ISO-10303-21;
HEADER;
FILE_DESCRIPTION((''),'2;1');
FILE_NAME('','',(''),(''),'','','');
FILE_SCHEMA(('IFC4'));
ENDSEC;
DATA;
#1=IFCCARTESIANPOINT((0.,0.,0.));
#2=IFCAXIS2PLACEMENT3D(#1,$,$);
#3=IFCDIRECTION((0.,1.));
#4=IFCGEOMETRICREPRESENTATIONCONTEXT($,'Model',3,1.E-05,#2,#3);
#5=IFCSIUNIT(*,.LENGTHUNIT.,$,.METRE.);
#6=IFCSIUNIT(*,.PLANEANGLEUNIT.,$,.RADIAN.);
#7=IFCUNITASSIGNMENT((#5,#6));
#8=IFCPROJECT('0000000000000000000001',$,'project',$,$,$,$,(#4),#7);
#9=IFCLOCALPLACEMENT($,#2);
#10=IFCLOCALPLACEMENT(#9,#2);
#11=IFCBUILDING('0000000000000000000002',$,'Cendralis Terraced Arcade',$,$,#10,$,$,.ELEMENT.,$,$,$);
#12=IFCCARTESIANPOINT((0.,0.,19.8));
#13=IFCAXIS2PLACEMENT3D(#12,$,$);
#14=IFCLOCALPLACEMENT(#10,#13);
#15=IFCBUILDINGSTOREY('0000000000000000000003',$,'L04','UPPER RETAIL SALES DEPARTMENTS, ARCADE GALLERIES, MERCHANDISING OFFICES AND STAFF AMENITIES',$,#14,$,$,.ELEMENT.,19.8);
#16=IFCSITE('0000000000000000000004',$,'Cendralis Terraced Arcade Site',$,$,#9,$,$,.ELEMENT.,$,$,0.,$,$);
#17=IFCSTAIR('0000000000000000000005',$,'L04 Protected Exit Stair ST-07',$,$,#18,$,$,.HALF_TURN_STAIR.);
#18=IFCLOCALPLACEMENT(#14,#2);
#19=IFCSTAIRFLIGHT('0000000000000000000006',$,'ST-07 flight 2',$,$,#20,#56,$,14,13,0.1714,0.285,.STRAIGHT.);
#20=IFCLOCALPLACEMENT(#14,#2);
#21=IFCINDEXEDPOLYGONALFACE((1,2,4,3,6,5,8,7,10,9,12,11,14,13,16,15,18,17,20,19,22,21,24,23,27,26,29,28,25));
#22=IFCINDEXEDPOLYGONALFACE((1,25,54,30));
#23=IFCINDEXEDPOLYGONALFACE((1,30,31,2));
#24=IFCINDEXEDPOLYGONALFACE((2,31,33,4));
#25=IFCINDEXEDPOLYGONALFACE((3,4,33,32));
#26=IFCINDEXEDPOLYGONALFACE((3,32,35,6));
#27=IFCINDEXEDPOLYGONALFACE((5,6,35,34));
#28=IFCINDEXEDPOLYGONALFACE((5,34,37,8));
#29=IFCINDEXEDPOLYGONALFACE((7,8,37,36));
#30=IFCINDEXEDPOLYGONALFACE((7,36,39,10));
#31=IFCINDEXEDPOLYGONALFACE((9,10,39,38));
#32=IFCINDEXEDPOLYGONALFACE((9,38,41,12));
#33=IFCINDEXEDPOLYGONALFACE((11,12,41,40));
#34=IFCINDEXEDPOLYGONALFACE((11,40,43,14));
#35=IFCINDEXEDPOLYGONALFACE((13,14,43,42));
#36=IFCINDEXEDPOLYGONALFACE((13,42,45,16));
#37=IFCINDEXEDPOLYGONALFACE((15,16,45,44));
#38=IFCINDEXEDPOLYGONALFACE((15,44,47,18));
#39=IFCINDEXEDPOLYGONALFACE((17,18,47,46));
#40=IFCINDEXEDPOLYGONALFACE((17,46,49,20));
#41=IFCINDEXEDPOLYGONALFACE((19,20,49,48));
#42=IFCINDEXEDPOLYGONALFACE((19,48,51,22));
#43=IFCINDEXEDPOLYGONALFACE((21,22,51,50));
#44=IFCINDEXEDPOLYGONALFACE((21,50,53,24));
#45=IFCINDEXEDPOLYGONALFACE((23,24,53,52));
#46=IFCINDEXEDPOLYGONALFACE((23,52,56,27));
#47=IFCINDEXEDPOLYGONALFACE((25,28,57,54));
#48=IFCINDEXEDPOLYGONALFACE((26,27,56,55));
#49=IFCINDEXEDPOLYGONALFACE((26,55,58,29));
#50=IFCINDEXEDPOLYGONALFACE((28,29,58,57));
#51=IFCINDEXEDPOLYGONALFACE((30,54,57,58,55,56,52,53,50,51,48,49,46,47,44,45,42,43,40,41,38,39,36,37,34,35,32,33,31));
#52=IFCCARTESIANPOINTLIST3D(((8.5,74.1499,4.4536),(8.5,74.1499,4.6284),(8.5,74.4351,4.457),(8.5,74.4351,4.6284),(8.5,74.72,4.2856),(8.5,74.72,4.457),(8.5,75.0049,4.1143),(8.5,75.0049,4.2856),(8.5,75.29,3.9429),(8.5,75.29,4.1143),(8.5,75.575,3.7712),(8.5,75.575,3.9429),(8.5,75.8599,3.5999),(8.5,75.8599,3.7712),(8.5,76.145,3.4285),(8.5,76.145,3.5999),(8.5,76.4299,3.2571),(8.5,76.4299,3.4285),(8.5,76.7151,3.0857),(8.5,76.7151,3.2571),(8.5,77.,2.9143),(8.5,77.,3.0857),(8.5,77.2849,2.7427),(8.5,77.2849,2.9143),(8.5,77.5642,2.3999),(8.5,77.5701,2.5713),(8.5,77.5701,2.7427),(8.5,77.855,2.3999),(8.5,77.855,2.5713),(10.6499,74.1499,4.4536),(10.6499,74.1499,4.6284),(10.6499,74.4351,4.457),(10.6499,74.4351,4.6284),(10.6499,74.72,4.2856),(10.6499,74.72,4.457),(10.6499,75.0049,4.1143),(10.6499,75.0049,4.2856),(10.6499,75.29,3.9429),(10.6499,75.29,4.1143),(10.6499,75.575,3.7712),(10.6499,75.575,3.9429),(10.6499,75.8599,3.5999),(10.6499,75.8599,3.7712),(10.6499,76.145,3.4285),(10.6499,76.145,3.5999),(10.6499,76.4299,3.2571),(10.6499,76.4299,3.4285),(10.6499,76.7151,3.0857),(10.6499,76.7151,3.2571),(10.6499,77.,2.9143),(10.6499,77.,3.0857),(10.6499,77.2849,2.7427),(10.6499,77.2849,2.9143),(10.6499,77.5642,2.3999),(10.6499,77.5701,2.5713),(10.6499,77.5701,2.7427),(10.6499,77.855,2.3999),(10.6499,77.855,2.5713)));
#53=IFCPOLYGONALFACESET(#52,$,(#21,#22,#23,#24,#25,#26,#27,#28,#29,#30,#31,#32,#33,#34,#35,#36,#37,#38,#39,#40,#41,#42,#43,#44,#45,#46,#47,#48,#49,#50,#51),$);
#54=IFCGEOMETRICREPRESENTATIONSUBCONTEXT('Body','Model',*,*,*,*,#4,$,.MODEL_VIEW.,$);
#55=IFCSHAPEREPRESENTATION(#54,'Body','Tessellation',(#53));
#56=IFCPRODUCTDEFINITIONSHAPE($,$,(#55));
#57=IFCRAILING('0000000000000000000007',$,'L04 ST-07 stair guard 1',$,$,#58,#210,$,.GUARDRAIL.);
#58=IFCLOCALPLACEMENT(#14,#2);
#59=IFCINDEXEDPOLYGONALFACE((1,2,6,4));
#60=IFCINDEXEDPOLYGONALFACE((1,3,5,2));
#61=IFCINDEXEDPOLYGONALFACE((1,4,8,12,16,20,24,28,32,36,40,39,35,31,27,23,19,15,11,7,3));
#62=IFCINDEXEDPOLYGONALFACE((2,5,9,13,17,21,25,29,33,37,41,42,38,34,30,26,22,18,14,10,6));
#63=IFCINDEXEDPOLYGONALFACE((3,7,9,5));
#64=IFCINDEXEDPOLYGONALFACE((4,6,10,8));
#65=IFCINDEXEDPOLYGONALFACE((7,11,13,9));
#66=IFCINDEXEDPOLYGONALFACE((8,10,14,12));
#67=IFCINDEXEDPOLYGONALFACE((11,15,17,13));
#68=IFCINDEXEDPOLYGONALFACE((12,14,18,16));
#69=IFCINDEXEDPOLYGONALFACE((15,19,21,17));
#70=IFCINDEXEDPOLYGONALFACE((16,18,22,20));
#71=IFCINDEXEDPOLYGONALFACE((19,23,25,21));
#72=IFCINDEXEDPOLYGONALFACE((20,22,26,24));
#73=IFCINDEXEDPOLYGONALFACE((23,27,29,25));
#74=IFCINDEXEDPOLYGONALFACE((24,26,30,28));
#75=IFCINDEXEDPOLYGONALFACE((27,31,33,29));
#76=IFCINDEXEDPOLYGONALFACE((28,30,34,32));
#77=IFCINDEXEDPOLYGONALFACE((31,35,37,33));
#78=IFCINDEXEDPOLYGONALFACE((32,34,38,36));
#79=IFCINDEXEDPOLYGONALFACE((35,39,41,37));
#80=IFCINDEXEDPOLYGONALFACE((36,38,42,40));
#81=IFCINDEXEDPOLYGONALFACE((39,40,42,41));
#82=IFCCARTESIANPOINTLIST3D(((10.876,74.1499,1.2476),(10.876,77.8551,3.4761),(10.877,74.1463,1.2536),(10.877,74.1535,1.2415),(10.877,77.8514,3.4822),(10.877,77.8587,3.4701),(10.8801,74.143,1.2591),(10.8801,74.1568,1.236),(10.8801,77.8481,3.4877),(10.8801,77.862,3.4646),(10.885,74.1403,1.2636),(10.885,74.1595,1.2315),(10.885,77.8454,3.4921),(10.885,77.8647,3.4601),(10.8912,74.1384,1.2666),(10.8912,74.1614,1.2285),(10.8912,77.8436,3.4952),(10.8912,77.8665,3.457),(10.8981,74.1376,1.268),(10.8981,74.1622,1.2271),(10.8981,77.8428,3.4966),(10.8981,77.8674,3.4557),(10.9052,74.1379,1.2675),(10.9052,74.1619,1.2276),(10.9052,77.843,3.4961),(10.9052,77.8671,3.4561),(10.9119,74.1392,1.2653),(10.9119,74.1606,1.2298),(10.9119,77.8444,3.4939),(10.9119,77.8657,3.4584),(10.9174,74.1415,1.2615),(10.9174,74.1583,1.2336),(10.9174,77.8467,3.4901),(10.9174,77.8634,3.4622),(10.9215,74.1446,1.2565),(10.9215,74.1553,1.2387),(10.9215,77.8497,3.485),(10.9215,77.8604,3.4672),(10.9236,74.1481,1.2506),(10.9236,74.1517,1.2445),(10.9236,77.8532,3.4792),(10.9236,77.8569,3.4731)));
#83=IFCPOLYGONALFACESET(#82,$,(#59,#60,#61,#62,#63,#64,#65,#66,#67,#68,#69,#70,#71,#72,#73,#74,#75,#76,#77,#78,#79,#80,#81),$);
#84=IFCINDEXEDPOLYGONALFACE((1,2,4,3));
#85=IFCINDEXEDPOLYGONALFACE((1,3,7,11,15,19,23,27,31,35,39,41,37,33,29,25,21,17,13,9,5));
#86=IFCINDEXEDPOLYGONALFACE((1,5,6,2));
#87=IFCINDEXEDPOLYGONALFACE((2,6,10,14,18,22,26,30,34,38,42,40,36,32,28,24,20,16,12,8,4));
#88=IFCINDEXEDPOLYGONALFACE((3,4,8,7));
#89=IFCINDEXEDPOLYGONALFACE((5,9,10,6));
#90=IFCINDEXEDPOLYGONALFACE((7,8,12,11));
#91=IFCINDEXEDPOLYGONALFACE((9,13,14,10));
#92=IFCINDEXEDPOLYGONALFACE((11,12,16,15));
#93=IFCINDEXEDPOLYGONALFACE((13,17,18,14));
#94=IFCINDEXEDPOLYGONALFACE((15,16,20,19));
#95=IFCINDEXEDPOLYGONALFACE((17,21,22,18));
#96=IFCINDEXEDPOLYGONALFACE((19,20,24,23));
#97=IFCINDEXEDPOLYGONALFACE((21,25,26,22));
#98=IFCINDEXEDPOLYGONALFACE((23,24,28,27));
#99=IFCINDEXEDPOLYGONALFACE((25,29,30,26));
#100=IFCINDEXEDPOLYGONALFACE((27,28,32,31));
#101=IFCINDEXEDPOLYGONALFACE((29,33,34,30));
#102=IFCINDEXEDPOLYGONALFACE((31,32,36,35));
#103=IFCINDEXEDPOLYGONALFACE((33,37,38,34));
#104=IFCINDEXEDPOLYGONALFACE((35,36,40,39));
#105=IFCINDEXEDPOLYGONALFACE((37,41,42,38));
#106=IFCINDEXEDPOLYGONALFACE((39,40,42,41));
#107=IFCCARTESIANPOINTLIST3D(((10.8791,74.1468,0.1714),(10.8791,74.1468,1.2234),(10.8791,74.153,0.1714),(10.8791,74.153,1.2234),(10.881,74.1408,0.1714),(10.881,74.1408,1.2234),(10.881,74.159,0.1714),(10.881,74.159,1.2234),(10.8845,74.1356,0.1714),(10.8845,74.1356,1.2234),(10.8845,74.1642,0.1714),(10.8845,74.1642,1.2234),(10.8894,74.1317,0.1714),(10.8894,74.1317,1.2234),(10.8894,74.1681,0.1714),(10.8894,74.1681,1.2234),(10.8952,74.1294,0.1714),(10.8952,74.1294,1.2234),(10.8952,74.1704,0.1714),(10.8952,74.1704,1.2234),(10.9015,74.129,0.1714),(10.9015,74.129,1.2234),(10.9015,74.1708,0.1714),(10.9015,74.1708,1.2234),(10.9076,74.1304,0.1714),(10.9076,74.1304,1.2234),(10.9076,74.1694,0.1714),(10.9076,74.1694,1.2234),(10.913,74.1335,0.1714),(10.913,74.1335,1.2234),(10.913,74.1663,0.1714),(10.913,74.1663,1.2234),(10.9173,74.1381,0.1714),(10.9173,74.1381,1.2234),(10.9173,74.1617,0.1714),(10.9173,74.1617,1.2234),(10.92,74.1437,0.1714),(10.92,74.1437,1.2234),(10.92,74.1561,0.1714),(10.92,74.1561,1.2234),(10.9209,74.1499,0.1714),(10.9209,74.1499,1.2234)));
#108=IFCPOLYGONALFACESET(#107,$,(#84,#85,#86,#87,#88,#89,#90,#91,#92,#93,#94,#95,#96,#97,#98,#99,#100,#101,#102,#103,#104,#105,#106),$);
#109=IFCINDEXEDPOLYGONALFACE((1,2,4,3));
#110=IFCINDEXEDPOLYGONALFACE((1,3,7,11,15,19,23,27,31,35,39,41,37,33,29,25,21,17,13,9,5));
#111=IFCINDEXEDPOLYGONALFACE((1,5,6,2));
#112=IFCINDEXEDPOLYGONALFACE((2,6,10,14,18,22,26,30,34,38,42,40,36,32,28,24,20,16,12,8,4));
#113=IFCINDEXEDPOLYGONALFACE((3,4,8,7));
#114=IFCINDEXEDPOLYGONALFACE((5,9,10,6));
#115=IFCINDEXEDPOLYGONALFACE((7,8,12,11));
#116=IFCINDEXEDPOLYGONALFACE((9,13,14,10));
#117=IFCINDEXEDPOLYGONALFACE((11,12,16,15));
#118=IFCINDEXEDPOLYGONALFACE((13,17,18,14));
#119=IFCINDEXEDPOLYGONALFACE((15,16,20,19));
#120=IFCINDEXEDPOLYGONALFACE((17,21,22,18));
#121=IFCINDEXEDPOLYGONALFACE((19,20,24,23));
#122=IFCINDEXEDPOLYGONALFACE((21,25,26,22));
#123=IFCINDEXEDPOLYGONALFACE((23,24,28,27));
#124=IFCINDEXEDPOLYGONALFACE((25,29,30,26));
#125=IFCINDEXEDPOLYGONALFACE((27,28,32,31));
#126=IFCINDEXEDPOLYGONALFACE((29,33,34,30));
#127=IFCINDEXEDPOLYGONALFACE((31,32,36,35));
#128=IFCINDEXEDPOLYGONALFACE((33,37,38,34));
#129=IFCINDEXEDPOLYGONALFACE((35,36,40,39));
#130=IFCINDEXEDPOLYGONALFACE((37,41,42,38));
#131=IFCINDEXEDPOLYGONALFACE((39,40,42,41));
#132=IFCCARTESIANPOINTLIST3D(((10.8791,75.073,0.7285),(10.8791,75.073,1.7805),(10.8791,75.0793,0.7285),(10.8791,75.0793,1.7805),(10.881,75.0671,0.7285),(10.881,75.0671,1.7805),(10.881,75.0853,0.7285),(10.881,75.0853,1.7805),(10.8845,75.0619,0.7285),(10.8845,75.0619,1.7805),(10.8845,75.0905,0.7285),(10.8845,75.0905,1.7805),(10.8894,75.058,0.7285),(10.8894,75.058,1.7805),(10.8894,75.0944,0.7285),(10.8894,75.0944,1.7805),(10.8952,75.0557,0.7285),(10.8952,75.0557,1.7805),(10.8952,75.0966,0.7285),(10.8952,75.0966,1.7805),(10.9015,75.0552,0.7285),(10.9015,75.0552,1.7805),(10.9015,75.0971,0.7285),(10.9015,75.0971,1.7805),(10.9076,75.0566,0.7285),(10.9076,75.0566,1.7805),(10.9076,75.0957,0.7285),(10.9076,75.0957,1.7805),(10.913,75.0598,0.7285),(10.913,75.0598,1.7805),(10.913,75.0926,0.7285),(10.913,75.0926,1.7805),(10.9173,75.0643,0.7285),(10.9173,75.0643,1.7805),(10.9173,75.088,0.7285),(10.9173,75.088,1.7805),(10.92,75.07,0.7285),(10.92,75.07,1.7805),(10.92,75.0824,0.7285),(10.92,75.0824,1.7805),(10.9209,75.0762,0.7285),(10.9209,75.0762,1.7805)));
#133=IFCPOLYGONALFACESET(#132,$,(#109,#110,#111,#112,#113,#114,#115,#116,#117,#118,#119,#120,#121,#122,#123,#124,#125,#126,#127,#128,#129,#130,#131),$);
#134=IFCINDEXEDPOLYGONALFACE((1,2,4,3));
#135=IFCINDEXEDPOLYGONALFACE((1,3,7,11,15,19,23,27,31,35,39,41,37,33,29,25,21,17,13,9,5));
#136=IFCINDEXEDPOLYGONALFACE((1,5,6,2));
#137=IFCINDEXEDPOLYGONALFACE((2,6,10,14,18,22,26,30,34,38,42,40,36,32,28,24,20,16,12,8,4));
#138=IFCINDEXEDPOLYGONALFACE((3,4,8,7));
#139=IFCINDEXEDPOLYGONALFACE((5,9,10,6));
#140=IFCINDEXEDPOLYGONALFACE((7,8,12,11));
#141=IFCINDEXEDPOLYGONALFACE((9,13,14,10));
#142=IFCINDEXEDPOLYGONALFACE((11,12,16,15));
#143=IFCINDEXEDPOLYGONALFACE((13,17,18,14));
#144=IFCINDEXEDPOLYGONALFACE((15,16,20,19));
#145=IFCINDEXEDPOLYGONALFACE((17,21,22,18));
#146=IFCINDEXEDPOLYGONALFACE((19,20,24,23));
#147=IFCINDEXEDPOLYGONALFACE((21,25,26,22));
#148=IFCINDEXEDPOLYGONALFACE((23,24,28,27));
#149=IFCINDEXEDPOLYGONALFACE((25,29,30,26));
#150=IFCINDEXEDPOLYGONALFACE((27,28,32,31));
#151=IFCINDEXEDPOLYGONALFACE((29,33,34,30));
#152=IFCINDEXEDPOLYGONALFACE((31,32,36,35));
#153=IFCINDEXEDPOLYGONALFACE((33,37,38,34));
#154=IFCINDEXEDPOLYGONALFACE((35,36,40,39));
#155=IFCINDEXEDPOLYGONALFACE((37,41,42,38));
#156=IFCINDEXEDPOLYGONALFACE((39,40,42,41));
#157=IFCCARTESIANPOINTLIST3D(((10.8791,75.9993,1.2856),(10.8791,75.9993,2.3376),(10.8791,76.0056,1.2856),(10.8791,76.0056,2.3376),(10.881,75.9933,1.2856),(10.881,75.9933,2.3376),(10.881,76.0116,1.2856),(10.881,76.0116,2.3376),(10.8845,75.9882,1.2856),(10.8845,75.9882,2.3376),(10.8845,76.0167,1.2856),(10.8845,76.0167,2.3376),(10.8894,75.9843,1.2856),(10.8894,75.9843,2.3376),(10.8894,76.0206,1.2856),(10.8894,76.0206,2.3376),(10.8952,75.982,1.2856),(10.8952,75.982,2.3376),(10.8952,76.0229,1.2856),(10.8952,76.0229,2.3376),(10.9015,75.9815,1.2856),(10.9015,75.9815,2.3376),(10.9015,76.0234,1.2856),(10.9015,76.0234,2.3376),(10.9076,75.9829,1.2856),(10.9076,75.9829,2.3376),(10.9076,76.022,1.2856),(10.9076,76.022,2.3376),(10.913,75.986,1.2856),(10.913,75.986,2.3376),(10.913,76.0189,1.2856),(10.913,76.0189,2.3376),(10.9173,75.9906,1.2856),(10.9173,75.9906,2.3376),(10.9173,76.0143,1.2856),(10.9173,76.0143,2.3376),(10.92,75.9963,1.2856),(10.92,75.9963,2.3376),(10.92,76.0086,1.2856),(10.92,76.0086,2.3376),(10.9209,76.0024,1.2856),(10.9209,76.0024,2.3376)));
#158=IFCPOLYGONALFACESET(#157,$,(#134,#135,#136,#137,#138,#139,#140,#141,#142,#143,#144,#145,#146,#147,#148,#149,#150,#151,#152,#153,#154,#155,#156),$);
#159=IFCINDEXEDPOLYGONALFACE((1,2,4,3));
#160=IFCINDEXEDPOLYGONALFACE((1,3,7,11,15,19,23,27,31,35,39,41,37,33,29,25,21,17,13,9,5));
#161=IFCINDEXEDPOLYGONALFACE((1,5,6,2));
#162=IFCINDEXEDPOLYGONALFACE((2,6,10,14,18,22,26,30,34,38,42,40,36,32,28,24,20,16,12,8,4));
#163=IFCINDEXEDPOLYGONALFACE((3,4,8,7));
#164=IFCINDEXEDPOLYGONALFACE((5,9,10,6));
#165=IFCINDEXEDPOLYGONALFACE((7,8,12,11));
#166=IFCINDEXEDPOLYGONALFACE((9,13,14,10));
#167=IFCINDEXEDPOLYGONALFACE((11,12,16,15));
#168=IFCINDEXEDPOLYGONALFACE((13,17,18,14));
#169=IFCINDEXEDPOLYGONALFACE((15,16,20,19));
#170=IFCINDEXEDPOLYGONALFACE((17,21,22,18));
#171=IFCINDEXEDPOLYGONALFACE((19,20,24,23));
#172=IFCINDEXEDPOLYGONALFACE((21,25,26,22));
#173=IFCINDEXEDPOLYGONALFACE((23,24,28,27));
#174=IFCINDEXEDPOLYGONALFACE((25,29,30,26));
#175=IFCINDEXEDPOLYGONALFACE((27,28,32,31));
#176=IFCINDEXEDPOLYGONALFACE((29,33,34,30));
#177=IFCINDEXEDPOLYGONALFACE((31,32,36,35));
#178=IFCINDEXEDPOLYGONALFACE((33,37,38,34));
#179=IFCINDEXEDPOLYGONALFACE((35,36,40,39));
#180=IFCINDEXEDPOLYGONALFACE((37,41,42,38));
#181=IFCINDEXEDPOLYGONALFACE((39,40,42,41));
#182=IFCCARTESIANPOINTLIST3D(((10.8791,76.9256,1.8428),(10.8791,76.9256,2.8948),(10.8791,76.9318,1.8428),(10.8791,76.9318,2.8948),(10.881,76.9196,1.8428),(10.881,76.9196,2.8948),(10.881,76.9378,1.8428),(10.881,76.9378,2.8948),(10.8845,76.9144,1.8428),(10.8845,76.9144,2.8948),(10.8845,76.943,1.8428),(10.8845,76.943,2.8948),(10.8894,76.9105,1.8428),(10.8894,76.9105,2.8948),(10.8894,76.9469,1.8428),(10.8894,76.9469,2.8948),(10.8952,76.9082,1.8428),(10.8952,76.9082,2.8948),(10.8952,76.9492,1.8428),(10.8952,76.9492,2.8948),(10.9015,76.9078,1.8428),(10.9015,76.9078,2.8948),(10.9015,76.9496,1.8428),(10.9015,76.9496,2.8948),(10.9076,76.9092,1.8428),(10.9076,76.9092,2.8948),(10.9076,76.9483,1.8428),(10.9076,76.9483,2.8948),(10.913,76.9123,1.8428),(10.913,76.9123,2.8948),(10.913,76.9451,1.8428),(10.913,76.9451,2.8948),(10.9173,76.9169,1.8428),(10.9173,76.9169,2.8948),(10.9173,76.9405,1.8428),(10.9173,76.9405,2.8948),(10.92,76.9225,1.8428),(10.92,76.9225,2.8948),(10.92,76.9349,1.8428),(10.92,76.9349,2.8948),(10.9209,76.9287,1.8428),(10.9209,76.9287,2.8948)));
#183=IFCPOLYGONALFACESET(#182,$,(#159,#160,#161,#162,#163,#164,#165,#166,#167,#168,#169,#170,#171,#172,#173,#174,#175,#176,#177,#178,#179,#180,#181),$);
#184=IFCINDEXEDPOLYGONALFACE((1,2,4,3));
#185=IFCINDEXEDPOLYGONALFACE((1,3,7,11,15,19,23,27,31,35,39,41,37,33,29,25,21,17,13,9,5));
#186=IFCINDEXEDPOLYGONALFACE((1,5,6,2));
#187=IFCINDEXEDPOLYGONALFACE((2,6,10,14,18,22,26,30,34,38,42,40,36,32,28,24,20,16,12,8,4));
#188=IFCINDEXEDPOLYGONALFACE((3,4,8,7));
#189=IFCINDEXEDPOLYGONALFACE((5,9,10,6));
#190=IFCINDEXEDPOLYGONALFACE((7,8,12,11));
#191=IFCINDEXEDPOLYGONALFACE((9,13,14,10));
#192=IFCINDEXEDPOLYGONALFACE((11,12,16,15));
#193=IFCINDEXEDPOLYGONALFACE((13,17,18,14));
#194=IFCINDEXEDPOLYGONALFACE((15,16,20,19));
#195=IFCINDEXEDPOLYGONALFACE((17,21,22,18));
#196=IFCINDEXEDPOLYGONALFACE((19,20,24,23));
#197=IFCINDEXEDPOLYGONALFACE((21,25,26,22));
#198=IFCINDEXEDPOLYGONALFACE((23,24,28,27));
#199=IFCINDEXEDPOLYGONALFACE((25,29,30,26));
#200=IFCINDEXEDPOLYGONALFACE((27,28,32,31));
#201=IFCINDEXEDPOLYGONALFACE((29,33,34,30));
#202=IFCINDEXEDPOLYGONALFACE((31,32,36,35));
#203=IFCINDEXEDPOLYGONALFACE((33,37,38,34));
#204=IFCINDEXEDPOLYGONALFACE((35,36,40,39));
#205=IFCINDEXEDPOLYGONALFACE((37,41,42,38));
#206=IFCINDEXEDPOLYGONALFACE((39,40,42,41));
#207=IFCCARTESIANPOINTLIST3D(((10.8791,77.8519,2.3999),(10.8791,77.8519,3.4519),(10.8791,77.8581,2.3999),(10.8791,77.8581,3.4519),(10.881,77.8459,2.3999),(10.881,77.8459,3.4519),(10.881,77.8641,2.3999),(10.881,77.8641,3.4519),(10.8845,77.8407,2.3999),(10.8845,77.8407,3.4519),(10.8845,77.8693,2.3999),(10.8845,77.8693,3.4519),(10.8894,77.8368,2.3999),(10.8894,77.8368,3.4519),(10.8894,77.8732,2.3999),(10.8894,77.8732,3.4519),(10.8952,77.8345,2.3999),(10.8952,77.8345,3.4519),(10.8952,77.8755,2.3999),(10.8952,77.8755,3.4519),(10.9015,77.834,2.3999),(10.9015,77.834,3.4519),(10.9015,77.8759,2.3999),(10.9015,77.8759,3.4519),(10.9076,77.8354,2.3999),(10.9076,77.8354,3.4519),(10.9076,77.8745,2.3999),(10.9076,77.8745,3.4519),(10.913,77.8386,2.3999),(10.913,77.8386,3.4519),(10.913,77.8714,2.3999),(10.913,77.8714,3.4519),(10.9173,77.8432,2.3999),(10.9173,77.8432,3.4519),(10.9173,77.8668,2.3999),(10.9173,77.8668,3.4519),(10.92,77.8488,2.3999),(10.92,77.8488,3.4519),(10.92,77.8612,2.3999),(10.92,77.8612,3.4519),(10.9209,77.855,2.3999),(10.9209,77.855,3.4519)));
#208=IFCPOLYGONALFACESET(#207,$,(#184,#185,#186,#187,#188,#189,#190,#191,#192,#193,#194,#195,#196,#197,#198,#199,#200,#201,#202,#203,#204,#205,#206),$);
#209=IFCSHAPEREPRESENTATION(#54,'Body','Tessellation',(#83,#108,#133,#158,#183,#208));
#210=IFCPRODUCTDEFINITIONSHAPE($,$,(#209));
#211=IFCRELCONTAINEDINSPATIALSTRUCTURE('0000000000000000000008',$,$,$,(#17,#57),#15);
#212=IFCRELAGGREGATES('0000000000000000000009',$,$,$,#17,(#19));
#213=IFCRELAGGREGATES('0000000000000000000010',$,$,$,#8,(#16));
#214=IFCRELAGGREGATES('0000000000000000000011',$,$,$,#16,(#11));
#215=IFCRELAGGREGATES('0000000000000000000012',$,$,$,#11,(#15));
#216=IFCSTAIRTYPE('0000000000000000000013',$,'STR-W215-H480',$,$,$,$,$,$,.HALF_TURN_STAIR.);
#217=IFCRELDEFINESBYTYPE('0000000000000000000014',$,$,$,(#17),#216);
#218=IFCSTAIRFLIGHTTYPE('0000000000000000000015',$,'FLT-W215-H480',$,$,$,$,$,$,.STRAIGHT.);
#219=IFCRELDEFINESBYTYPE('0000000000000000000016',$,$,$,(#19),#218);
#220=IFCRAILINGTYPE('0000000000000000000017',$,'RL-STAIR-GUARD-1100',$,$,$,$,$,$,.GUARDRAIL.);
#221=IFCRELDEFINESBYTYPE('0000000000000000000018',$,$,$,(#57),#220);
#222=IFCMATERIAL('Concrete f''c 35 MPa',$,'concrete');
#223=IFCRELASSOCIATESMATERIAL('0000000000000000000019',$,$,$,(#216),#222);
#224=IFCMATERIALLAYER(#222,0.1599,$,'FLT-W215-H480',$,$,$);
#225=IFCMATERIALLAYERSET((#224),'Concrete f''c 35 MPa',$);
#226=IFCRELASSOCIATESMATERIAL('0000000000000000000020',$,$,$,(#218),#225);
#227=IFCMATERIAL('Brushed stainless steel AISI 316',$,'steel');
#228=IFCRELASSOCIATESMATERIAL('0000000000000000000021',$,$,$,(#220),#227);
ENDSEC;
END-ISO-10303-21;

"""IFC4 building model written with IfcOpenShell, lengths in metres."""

from ifc_helpers import new_model, si_unit, direction, frame, origin, origin_2d, place, context, subcontext, project, spatial, polyline, circle, outline, extrude, material, layer, layer_set, type_object, element, aggregate, save


model = new_model("IFC4")

# Units and contexts
model_context = context("Model", 3, precision=1e-05, world=origin(), true_north=direction((0.0, 1.0)))
body_context = subcontext(model_context, "Body", "Model", "MODEL_VIEW")
ifc_project = project(units=[si_unit("LENGTHUNIT", "METRE"), si_unit("PLANEANGLEUNIT", "RADIAN")], contexts=[model_context])

# Site, building, storey
site_placement = place(None, origin())
site = spatial("IfcSite", under=ifc_project, at=site_placement, Name="Cendralis Terraced Arcade Site", CompositionType="ELEMENT", RefElevation=0.0)
building_placement = place(site_placement, origin())
building = spatial("IfcBuilding", under=site, at=building_placement, Name="Cendralis Terraced Arcade", CompositionType="ELEMENT")
storey_placement = place(building_placement, frame((0.0, 0.0, 19.8)))
storey = spatial("IfcBuildingStorey", under=building, at=storey_placement, Name="L04", Description="UPPER RETAIL SALES DEPARTMENTS, ARCADE GALLERIES, MERCHANDISING OFFICES AND STAFF AMENITIES", CompositionType="ELEMENT", Elevation=19.8)

# Stair, stair flight
ifc_material_1 = material(Name="Concrete f'c 35 MPa", Category="concrete")
stair_type = type_object("IfcStairType", Name="STR-W215-H480", PredefinedType="HALF_TURN_STAIR", material=ifc_material_1)
stair_placement = place(storey_placement, origin())
stair = element("IfcStair", 1, at=stair_placement, inside=storey, type_object=stair_type, Name="L04 Protected Exit Stair ST-07", PredefinedType="HALF_TURN_STAIR")
ifc_layer_1 = layer(ifc_material_1, 0.1599, Name="FLT-W215-H480")
ifc_layer_set_1 = layer_set([ifc_layer_1], Name="Concrete f'c 35 MPa")
stair_flight_type = type_object("IfcStairFlightType", Name="FLT-W215-H480", PredefinedType="STRAIGHT", material=ifc_layer_set_1)
stair_flight_1_placement = place(storey_placement, frame((9.575, 77.855, 2.3999), z_axis=(0.0, 0.0, 1.0), x_axis=(0.0, -1.0, 0.0)))
stair_flight_1 = element("IfcStairFlight", 2, at=stair_flight_1_placement, type_object=stair_flight_type, Name="ST-07 flight 2", NumberOfRisers=14, NumberOfTreads=13, PredefinedType="STRAIGHT", RiserHeight=0.1714, TreadLength=0.285, context=body_context, shape_type="SweptSolid", body=[
    extrude(outline(polyline([(0.0, 0.0), (0.0, 0.1714), (0.2849, 0.1714), (0.2849, 0.3428), (0.5701, 0.3428), (0.5701, 0.5144), (0.855, 0.5144), (0.855, 0.6858), (1.1399, 0.6858), (1.1399, 0.8572), (1.425, 0.8572), (1.425, 1.0286), (1.71, 1.0286), (1.71, 1.2), (1.9951, 1.2), (1.9951, 1.3713), (2.28, 1.3713), (2.28, 1.543), (2.5649, 1.543), (2.5649, 1.7144), (2.8501, 1.7144), (2.8501, 1.8857), (3.135, 1.8857), (3.135, 2.0571), (3.4199, 2.0571), (3.4199, 2.2285), (3.7051, 2.2285), (3.7051, 2.3999), (3.7051, 2.0537), (0.2908, 0.0), (0.0, 0.0)])), frame((0.0, 1.075, 0.0), z_axis=(0.0, -1.0, 0.0), x_axis=(1.0, 0.0, 0.0)), (0.0, 0.0, 1.0), 2.1499),
])
aggregate(stair, [stair_flight_1])

# Railing
ifc_material_2 = material(Name="Brushed stainless steel AISI 316", Category="steel")
railing_type_1 = type_object("IfcRailingType", Name="RL-STAIR-GUARD-1100", PredefinedType="GUARDRAIL", material=ifc_material_2)
railing_1_placement = place(storey_placement, frame((10.8999, 74.1499, 0.1714)))
element("IfcRailing", 3, at=railing_1_placement, inside=storey, type_object=railing_type_1, Name="L04 ST-07 stair guard 1", PredefinedType="GUARDRAIL", context=body_context, shape_type="SweptSolid", body=[
    extrude(circle(Radius=0.0239, at=origin_2d()), frame((0.0, 0.0, 1.0762), z_axis=(0.0, 0.856934, 0.515425), x_axis=(-1.0, 0.0, 0.0)), (0.0, 0.0, 1.0), 4.3237),
    extrude(circle(Radius=0.021, at=origin_2d()), origin(), (0.0, 0.0, 1.0), 1.052),
    extrude(circle(Radius=0.021, at=origin_2d()), frame((0.0, 0.9263, 0.5571)), (0.0, 0.0, 1.0), 1.052),
    extrude(circle(Radius=0.021, at=origin_2d()), frame((0.0, 1.8525, 1.1143)), (0.0, 0.0, 1.0), 1.052),
    extrude(circle(Radius=0.021, at=origin_2d()), frame((0.0, 2.7788, 1.6714)), (0.0, 0.0, 1.0), 1.052),
    extrude(circle(Radius=0.021, at=origin_2d()), frame((0.0, 3.7051, 2.2285)), (0.0, 0.0, 1.0), 1.052),
])

save(model, "model.ifc")
